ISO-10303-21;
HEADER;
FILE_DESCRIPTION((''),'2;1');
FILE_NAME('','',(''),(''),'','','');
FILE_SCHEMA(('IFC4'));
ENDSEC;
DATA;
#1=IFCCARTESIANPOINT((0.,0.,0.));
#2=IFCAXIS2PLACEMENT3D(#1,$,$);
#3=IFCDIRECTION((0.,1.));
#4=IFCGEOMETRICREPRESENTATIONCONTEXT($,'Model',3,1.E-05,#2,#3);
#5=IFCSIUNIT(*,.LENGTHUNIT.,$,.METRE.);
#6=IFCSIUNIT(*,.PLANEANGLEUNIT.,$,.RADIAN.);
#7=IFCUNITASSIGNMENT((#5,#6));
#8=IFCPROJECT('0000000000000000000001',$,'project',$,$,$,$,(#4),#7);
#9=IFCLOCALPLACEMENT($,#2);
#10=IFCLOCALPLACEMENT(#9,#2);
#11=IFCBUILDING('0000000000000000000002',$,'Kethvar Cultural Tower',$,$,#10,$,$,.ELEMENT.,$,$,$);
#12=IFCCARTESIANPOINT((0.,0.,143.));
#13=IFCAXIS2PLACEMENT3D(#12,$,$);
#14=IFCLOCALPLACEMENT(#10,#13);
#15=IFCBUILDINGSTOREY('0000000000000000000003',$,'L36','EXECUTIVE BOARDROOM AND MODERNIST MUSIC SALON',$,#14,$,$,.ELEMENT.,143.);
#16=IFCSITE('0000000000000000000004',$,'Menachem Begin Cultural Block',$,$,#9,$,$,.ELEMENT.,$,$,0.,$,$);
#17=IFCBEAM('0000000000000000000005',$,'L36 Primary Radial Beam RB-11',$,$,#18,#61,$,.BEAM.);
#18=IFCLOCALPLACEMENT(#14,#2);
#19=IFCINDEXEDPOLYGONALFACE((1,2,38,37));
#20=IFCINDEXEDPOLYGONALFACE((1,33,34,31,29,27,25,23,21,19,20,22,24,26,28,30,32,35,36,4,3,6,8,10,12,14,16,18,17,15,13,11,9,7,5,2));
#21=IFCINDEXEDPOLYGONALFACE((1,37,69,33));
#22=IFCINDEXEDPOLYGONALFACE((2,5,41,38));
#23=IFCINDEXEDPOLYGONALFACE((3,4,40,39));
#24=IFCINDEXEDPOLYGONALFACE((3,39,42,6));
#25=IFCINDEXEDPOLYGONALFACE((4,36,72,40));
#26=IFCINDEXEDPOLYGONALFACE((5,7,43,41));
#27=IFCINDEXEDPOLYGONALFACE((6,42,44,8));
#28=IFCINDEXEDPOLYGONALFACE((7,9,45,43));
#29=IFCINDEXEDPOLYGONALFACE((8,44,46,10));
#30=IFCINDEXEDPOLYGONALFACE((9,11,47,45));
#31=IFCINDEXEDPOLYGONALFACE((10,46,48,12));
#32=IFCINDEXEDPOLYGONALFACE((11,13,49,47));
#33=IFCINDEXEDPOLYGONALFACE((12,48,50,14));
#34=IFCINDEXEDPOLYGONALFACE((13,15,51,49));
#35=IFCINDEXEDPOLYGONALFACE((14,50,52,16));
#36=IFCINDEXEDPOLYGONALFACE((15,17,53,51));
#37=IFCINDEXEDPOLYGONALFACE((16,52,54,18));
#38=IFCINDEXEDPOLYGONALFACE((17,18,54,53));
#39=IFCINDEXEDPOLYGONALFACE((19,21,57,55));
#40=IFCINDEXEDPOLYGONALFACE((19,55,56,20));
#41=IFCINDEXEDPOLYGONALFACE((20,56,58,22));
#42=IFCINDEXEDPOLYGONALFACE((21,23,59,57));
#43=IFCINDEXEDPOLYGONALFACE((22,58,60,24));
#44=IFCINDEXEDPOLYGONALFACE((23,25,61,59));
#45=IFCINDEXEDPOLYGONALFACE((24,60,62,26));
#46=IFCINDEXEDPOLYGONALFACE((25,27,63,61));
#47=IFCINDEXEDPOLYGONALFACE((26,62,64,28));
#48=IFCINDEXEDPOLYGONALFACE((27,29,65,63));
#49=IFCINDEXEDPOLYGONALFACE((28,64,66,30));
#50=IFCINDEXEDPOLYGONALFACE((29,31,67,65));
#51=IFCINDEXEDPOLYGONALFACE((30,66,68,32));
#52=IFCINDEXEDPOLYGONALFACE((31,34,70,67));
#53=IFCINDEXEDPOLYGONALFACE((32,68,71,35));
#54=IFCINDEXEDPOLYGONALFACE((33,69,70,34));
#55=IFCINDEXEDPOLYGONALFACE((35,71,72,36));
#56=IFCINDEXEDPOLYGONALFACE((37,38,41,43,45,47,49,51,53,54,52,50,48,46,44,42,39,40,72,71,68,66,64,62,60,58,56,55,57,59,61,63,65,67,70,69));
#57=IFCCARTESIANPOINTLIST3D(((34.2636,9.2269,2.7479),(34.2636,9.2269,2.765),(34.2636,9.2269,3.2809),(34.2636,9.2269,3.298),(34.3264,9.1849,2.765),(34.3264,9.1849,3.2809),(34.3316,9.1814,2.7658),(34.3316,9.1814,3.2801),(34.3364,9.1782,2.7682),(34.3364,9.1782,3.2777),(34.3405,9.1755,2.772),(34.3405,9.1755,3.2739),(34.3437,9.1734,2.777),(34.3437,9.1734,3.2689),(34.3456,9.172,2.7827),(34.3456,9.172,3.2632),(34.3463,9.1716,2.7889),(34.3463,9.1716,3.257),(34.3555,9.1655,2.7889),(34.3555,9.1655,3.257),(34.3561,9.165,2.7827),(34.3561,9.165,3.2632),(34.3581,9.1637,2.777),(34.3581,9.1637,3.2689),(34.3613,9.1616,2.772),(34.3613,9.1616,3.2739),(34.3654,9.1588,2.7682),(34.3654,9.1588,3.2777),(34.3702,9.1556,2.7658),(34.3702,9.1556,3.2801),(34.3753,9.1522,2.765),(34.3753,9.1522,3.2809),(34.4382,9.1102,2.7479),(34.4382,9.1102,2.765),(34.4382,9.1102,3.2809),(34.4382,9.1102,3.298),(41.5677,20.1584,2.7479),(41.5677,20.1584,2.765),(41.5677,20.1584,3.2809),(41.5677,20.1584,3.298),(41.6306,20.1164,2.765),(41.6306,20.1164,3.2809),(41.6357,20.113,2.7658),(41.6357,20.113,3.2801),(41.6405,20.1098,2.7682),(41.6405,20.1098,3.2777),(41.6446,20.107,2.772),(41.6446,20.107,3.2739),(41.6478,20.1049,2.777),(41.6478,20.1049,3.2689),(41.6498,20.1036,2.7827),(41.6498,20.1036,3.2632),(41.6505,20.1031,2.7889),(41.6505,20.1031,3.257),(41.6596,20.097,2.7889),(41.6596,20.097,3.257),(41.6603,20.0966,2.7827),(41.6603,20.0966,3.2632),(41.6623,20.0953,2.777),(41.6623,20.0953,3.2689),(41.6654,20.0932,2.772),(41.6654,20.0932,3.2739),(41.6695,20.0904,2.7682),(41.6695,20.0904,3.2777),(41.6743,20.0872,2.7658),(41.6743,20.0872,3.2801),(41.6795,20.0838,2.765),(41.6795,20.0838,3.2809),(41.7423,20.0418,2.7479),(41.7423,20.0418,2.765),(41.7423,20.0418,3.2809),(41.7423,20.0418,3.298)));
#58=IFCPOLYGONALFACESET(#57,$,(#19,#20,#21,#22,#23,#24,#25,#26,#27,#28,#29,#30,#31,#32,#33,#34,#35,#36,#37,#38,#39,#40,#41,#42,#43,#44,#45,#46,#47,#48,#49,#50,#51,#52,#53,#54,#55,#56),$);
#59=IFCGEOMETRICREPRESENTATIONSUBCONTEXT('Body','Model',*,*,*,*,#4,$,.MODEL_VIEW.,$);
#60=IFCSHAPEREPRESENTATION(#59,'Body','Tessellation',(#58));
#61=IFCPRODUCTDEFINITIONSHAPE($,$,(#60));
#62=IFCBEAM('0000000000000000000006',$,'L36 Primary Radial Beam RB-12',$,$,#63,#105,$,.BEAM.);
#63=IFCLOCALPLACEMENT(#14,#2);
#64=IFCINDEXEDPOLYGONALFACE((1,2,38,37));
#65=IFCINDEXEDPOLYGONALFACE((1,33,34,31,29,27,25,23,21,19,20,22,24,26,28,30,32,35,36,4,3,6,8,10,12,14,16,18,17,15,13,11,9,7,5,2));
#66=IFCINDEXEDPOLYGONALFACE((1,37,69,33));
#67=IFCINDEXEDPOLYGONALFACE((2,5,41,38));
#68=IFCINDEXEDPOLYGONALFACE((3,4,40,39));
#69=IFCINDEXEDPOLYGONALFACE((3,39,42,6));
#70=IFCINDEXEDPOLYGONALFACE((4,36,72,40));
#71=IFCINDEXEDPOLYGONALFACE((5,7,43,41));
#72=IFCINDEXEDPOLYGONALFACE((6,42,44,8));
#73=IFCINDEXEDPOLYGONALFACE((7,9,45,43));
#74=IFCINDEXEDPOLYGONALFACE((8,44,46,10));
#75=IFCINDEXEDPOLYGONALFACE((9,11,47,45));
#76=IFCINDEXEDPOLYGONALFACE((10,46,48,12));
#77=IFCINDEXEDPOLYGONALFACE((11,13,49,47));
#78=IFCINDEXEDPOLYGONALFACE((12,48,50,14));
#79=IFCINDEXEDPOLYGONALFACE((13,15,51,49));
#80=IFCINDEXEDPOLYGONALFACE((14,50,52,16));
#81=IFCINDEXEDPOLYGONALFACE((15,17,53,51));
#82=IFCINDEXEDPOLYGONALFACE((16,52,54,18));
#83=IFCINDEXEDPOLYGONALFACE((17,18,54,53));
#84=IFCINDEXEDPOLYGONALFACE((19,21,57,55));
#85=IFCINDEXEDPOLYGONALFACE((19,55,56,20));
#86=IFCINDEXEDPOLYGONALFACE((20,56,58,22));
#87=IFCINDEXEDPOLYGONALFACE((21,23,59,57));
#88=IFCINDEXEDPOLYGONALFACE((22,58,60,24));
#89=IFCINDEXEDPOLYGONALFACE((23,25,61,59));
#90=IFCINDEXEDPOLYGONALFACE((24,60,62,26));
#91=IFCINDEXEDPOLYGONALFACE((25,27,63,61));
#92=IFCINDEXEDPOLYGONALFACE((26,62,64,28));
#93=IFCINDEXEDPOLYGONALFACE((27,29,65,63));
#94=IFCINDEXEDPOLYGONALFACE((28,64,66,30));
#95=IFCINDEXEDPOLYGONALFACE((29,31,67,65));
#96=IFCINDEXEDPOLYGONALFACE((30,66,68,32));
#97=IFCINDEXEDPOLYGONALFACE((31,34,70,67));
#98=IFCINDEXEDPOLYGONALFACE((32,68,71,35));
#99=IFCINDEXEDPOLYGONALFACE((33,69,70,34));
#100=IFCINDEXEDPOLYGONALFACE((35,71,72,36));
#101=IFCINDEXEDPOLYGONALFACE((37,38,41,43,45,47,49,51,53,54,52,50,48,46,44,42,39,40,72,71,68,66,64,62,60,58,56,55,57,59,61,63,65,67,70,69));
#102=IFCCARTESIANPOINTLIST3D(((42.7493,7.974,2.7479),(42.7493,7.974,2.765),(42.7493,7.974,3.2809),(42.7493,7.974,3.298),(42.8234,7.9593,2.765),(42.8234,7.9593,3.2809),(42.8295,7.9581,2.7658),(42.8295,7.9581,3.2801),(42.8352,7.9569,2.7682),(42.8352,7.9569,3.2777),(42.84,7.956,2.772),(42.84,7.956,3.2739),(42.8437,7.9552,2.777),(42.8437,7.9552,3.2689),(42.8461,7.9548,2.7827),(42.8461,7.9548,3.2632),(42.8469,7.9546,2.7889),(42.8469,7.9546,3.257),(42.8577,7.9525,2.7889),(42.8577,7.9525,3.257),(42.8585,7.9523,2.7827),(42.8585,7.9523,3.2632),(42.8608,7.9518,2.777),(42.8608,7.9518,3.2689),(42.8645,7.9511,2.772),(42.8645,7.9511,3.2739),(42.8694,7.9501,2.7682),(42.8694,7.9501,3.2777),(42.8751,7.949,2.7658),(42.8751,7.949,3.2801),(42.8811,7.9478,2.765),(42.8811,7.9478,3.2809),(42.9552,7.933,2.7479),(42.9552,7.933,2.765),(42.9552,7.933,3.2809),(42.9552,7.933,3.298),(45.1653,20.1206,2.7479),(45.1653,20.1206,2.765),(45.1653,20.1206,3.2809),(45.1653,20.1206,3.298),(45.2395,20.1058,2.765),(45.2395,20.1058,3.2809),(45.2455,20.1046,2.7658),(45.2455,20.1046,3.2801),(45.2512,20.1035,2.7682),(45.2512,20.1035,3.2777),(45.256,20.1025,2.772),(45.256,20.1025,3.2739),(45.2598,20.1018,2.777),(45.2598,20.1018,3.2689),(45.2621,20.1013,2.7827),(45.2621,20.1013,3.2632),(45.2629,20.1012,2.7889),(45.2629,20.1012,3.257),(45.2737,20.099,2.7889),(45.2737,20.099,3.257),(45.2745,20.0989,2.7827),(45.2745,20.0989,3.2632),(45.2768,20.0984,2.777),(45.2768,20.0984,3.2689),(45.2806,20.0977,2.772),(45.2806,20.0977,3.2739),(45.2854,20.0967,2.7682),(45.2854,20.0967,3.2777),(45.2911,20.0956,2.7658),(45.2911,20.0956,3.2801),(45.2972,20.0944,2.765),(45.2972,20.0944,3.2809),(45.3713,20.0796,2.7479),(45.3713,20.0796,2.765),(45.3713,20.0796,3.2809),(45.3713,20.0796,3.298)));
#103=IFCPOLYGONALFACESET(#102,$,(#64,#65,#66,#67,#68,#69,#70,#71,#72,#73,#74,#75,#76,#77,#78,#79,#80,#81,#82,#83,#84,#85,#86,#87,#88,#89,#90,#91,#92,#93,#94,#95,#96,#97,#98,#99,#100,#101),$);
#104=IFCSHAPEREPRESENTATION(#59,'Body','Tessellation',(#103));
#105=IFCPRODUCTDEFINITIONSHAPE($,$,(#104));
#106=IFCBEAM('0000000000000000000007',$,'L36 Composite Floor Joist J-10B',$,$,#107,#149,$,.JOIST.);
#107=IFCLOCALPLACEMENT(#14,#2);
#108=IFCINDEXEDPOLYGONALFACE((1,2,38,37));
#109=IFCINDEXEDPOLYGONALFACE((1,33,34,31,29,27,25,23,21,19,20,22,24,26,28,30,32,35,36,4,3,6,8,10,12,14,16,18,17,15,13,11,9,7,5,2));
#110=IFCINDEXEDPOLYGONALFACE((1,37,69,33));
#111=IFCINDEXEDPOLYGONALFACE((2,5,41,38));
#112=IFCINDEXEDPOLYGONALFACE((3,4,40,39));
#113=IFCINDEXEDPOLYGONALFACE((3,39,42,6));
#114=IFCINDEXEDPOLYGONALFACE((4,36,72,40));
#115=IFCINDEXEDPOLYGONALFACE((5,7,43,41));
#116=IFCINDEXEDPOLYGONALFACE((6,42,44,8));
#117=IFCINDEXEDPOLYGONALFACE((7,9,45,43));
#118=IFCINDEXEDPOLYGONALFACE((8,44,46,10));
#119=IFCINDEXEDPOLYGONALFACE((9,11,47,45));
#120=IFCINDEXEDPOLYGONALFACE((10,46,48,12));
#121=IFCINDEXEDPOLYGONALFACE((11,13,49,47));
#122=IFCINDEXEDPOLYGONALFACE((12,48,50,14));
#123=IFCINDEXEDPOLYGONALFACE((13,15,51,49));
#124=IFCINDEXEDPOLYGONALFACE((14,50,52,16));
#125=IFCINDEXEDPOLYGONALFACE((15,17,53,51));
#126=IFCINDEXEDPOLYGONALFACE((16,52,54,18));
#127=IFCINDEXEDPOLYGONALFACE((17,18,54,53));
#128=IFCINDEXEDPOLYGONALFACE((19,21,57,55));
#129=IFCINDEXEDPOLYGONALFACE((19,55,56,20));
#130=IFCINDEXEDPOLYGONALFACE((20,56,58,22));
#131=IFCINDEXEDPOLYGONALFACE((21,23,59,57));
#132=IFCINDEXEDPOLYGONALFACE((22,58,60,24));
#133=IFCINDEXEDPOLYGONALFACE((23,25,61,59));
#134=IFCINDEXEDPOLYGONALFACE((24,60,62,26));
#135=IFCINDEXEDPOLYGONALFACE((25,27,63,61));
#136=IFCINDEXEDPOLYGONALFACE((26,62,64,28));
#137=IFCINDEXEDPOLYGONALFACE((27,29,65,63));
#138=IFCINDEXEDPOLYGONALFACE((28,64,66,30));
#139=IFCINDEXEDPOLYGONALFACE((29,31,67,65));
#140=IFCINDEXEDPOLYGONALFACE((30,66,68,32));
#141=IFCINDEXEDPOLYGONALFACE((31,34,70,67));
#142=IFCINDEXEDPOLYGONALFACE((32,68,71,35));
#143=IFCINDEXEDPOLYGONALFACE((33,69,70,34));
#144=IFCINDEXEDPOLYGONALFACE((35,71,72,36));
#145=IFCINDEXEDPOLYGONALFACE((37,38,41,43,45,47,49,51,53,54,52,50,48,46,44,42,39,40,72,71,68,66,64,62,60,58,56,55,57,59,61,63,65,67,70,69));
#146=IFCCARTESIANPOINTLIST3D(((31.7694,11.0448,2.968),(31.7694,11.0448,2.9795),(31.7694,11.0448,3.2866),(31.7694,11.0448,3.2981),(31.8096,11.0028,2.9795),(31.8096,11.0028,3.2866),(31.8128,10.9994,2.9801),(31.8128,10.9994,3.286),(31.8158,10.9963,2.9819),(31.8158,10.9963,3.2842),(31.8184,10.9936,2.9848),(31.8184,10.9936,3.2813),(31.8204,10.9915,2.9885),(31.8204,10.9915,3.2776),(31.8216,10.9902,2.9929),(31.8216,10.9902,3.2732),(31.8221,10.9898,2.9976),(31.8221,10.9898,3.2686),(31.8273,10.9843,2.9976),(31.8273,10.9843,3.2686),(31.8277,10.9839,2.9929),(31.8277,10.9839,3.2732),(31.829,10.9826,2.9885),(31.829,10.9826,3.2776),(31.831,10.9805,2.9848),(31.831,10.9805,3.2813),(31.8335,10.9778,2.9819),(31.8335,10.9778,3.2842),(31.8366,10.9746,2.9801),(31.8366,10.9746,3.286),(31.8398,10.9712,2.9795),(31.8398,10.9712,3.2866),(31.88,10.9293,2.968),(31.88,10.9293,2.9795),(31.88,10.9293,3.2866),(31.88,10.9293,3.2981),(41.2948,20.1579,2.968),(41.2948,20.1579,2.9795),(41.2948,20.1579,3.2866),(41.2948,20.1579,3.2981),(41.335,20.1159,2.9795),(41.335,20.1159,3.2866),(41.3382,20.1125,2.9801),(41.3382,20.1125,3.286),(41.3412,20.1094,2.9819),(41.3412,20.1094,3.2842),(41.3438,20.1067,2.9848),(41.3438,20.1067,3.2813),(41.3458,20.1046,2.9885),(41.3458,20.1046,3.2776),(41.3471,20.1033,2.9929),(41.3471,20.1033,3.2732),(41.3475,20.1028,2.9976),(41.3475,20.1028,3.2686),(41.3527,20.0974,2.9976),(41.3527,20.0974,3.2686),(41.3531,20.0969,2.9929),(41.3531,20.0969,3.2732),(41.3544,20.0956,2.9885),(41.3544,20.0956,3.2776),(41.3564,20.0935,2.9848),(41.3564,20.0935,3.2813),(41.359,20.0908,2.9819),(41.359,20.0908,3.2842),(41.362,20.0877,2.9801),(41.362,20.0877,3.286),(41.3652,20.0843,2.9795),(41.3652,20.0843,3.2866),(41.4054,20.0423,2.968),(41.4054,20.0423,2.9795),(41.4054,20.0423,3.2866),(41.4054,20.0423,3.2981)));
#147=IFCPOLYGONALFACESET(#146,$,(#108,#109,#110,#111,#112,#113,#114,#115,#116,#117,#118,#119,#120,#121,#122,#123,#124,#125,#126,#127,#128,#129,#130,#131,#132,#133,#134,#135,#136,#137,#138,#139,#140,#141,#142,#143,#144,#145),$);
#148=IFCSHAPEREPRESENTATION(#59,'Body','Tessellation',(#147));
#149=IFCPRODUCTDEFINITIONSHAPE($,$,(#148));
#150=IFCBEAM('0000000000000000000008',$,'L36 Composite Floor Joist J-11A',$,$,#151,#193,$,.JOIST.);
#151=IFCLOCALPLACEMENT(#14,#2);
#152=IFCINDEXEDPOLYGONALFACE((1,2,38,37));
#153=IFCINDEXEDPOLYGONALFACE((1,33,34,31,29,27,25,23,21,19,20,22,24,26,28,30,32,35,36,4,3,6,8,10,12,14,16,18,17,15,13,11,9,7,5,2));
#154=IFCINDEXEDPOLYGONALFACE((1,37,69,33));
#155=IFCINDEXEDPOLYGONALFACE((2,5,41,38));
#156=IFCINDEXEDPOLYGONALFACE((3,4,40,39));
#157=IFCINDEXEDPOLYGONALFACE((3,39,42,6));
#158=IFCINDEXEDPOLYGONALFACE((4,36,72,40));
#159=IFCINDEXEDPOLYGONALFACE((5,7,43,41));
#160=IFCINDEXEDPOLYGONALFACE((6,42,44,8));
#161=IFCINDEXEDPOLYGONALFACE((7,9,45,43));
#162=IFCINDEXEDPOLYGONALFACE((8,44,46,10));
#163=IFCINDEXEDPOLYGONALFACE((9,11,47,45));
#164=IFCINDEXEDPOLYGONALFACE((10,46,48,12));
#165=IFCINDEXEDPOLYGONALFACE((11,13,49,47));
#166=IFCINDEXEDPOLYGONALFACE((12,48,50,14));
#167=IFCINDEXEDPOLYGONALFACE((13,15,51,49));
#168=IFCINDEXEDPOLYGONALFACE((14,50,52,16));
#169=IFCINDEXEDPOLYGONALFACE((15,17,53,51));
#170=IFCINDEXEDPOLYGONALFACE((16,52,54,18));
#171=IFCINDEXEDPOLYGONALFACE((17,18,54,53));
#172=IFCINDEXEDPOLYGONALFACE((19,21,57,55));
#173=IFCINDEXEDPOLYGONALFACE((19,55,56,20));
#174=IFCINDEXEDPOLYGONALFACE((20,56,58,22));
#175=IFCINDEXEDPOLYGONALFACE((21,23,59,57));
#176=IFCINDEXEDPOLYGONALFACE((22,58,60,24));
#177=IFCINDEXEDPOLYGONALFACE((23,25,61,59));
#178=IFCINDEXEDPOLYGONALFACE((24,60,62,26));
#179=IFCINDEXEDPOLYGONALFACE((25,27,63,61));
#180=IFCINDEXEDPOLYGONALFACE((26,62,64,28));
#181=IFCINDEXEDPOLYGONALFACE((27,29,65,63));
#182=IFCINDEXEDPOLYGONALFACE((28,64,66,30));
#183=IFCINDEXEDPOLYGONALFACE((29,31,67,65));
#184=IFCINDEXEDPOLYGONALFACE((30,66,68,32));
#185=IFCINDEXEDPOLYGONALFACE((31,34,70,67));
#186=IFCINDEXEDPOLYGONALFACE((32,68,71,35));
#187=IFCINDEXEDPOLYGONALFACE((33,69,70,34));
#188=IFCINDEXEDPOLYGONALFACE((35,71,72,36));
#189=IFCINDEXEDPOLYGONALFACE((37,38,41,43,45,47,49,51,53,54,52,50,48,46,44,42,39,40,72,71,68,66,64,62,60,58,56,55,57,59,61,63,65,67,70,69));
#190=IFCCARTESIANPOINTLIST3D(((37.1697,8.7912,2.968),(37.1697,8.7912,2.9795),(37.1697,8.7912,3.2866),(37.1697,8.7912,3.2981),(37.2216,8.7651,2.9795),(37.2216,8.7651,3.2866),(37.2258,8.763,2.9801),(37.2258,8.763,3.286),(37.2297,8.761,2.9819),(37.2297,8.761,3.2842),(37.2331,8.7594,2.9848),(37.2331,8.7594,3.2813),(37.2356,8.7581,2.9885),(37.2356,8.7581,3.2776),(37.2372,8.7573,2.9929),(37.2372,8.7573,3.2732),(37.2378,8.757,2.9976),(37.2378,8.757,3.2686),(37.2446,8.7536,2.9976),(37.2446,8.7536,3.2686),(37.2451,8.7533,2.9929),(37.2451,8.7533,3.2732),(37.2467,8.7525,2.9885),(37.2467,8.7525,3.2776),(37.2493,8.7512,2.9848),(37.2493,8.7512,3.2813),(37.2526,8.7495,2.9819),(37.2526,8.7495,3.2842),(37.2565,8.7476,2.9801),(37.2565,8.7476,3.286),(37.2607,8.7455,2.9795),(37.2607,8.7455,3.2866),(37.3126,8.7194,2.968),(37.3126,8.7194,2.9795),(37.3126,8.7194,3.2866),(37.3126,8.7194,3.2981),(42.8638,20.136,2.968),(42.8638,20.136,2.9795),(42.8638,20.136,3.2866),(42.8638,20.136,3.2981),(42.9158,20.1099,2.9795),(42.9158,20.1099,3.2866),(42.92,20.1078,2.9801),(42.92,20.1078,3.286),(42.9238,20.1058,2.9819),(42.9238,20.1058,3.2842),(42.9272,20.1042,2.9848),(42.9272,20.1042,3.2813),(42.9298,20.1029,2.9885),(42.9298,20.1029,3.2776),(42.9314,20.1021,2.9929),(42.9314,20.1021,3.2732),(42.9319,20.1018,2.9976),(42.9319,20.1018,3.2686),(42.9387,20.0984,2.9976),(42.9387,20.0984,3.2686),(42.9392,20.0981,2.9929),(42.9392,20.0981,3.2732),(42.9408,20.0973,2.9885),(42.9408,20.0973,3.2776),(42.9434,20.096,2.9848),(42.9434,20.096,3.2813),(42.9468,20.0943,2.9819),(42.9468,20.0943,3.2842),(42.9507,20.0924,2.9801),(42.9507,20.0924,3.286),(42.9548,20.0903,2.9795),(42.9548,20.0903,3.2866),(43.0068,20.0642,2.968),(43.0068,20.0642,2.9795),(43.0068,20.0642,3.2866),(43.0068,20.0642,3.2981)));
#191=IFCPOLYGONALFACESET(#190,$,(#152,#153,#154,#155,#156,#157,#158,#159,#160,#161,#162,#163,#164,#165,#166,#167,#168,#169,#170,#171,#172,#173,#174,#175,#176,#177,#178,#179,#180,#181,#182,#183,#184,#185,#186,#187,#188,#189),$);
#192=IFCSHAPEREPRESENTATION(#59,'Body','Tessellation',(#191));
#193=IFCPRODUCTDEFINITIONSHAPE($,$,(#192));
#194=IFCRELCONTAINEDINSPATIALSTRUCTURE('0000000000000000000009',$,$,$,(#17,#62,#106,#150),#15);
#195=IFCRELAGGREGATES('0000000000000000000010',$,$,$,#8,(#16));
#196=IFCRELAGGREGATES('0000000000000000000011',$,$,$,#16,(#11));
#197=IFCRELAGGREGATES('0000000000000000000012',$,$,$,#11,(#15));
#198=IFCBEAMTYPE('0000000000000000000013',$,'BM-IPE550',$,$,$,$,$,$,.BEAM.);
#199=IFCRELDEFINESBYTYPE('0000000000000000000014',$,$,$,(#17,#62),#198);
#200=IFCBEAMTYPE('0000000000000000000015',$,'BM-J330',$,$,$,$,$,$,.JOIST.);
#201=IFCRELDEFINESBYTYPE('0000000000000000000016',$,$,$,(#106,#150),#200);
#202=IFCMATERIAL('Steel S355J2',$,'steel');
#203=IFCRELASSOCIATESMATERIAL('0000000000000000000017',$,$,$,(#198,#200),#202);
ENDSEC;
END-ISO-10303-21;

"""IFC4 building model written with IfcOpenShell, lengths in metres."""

from ifc_helpers import new_model, si_unit, direction, frame, origin, origin_2d, place, context, subcontext, project, spatial, i_section, extrude, source, transform, mapped, material, material_profile, profile_set, type_object, element, save


model = new_model("IFC4")

# Units and contexts
model_context = context("Model", 3, precision=1e-05, world=origin(), true_north=direction((0.0, 1.0)))
body_context = subcontext(model_context, "Body", "Model", "MODEL_VIEW")
ifc_project = project(units=[si_unit("LENGTHUNIT", "METRE"), si_unit("PLANEANGLEUNIT", "RADIAN")], contexts=[model_context])

# Site, building, storey
site_placement = place(None, origin())
site = spatial("IfcSite", under=ifc_project, at=site_placement, Name="Menachem Begin Cultural Block", CompositionType="ELEMENT", RefElevation=0.0)
building_placement = place(site_placement, origin())
building = spatial("IfcBuilding", under=site, at=building_placement, Name="Kethvar Cultural Tower", CompositionType="ELEMENT")
storey_placement = place(building_placement, frame((0.0, 0.0, 143.0)))
storey = spatial("IfcBuildingStorey", under=building, at=storey_placement, Name="L36", Description="EXECUTIVE BOARDROOM AND MODERNIST MUSIC SALON", CompositionType="ELEMENT", Elevation=143.0)

# Beams
ifc_material_1 = material(Name="Steel S355J2", Category="steel")
ifc_material_profile_1 = material_profile(ifc_material_1, i_section(OverallWidth=0.21, OverallDepth=0.55, WebThickness=0.011, FlangeThickness=0.0171, FilletRadius=0.0239, at=origin_2d()), Name="Steel S355J2 — IPE550")
ifc_profile_set_1 = profile_set([ifc_material_profile_1], Name="Steel S355J2 — IPE550")
beam_type_1 = type_object("IfcBeamType", Name="BM-IPE550", PredefinedType="BEAM", material=ifc_profile_set_1)
shared_shape_1 = source(origin(), body_context, "Body", "SweptSolid", [
    extrude(i_section(OverallWidth=0.21, OverallDepth=0.55, WebThickness=0.011, FlangeThickness=0.0171, FilletRadius=0.0239, at=origin_2d()), origin(), (0.0, 0.0, 1.0), 13.1472),
])
beam_1_placement = place(storey_placement, frame((41.655, 20.1001, 3.0229), z_axis=(-0.555566, -0.831473, 0.0), x_axis=(0.831473, -0.555566, 0.0)))
element("IfcBeam", 1, at=beam_1_placement, inside=storey, type_object=beam_type_1, Name="L36 Primary Radial Beam RB-11", PredefinedType="BEAM", context=body_context, shape_type="MappedRepresentation", body=[
    mapped(shared_shape_1, transform((0.0, 0.0, 0.0), scale=1.0)),
])
shared_shape_2 = source(origin(), body_context, "Body", "SweptSolid", [
    extrude(i_section(OverallWidth=0.21, OverallDepth=0.55, WebThickness=0.011, FlangeThickness=0.0171, FilletRadius=0.0239, at=origin_2d()), origin(), (0.0, 0.0, 1.0), 12.3845),
])
beam_2_placement = place(storey_placement, frame((45.2683, 20.1001, 3.0229), z_axis=(-0.195085, -0.980786, 0.0), x_axis=(0.980786, -0.195085, 0.0)))
element("IfcBeam", 2, at=beam_2_placement, inside=storey, type_object=beam_type_1, Name="L36 Primary Radial Beam RB-12", PredefinedType="BEAM", context=body_context, shape_type="MappedRepresentation", body=[
    mapped(shared_shape_2, transform((0.0, 0.0, 0.0), scale=1.0)),
])
ifc_material_profile_2 = material_profile(ifc_material_1, i_section(OverallWidth=0.1599, OverallDepth=0.3301, WebThickness=0.0076, FlangeThickness=0.0115, FilletRadius=0.0181, at=origin_2d()), Name="Steel S355J2 — IPE330")
ifc_profile_set_2 = profile_set([ifc_material_profile_2], Name="Steel S355J2 — IPE330")
beam_type_2 = type_object("IfcBeamType", Name="BM-J330", PredefinedType="JOIST", material=ifc_profile_set_2)
shared_shape_3 = source(origin(), body_context, "Body", "SweptSolid", [
    extrude(i_section(OverallWidth=0.1599, OverallDepth=0.3301, WebThickness=0.0076, FlangeThickness=0.0115, FilletRadius=0.0181, at=origin_2d()), origin(), (0.0, 0.0, 1.0), 13.1826),
])
beam_3_placement = place(storey_placement, frame((41.3501, 20.1001, 3.1331), z_axis=(-0.722574, -0.691294, 0.0), x_axis=(0.691294, -0.722574, 0.0)))
element("IfcBeam", 3, at=beam_3_placement, inside=storey, type_object=beam_type_2, Name="L36 Composite Floor Joist J-10B", PredefinedType="JOIST", context=body_context, shape_type="MappedRepresentation", body=[
    mapped(shared_shape_3, transform((0.0, 0.0, 0.0), scale=1.0)),
])
shared_shape_4 = source(origin(), body_context, "Body", "SweptSolid", [
    extrude(i_section(OverallWidth=0.1599, OverallDepth=0.3301, WebThickness=0.0076, FlangeThickness=0.0115, FilletRadius=0.0181, at=origin_2d()), origin(), (0.0, 0.0, 1.0), 12.6936),
])
beam_4_placement = place(storey_placement, frame((42.9353, 20.1001, 3.1331), z_axis=(-0.448582, -0.893741, 0.0), x_axis=(0.893741, -0.448582, 0.0)))
element("IfcBeam", 4, at=beam_4_placement, inside=storey, type_object=beam_type_2, Name="L36 Composite Floor Joist J-11A", PredefinedType="JOIST", context=body_context, shape_type="MappedRepresentation", body=[
    mapped(shared_shape_4, transform((0.0, 0.0, 0.0), scale=1.0)),
])

save(model, "model.ifc")
